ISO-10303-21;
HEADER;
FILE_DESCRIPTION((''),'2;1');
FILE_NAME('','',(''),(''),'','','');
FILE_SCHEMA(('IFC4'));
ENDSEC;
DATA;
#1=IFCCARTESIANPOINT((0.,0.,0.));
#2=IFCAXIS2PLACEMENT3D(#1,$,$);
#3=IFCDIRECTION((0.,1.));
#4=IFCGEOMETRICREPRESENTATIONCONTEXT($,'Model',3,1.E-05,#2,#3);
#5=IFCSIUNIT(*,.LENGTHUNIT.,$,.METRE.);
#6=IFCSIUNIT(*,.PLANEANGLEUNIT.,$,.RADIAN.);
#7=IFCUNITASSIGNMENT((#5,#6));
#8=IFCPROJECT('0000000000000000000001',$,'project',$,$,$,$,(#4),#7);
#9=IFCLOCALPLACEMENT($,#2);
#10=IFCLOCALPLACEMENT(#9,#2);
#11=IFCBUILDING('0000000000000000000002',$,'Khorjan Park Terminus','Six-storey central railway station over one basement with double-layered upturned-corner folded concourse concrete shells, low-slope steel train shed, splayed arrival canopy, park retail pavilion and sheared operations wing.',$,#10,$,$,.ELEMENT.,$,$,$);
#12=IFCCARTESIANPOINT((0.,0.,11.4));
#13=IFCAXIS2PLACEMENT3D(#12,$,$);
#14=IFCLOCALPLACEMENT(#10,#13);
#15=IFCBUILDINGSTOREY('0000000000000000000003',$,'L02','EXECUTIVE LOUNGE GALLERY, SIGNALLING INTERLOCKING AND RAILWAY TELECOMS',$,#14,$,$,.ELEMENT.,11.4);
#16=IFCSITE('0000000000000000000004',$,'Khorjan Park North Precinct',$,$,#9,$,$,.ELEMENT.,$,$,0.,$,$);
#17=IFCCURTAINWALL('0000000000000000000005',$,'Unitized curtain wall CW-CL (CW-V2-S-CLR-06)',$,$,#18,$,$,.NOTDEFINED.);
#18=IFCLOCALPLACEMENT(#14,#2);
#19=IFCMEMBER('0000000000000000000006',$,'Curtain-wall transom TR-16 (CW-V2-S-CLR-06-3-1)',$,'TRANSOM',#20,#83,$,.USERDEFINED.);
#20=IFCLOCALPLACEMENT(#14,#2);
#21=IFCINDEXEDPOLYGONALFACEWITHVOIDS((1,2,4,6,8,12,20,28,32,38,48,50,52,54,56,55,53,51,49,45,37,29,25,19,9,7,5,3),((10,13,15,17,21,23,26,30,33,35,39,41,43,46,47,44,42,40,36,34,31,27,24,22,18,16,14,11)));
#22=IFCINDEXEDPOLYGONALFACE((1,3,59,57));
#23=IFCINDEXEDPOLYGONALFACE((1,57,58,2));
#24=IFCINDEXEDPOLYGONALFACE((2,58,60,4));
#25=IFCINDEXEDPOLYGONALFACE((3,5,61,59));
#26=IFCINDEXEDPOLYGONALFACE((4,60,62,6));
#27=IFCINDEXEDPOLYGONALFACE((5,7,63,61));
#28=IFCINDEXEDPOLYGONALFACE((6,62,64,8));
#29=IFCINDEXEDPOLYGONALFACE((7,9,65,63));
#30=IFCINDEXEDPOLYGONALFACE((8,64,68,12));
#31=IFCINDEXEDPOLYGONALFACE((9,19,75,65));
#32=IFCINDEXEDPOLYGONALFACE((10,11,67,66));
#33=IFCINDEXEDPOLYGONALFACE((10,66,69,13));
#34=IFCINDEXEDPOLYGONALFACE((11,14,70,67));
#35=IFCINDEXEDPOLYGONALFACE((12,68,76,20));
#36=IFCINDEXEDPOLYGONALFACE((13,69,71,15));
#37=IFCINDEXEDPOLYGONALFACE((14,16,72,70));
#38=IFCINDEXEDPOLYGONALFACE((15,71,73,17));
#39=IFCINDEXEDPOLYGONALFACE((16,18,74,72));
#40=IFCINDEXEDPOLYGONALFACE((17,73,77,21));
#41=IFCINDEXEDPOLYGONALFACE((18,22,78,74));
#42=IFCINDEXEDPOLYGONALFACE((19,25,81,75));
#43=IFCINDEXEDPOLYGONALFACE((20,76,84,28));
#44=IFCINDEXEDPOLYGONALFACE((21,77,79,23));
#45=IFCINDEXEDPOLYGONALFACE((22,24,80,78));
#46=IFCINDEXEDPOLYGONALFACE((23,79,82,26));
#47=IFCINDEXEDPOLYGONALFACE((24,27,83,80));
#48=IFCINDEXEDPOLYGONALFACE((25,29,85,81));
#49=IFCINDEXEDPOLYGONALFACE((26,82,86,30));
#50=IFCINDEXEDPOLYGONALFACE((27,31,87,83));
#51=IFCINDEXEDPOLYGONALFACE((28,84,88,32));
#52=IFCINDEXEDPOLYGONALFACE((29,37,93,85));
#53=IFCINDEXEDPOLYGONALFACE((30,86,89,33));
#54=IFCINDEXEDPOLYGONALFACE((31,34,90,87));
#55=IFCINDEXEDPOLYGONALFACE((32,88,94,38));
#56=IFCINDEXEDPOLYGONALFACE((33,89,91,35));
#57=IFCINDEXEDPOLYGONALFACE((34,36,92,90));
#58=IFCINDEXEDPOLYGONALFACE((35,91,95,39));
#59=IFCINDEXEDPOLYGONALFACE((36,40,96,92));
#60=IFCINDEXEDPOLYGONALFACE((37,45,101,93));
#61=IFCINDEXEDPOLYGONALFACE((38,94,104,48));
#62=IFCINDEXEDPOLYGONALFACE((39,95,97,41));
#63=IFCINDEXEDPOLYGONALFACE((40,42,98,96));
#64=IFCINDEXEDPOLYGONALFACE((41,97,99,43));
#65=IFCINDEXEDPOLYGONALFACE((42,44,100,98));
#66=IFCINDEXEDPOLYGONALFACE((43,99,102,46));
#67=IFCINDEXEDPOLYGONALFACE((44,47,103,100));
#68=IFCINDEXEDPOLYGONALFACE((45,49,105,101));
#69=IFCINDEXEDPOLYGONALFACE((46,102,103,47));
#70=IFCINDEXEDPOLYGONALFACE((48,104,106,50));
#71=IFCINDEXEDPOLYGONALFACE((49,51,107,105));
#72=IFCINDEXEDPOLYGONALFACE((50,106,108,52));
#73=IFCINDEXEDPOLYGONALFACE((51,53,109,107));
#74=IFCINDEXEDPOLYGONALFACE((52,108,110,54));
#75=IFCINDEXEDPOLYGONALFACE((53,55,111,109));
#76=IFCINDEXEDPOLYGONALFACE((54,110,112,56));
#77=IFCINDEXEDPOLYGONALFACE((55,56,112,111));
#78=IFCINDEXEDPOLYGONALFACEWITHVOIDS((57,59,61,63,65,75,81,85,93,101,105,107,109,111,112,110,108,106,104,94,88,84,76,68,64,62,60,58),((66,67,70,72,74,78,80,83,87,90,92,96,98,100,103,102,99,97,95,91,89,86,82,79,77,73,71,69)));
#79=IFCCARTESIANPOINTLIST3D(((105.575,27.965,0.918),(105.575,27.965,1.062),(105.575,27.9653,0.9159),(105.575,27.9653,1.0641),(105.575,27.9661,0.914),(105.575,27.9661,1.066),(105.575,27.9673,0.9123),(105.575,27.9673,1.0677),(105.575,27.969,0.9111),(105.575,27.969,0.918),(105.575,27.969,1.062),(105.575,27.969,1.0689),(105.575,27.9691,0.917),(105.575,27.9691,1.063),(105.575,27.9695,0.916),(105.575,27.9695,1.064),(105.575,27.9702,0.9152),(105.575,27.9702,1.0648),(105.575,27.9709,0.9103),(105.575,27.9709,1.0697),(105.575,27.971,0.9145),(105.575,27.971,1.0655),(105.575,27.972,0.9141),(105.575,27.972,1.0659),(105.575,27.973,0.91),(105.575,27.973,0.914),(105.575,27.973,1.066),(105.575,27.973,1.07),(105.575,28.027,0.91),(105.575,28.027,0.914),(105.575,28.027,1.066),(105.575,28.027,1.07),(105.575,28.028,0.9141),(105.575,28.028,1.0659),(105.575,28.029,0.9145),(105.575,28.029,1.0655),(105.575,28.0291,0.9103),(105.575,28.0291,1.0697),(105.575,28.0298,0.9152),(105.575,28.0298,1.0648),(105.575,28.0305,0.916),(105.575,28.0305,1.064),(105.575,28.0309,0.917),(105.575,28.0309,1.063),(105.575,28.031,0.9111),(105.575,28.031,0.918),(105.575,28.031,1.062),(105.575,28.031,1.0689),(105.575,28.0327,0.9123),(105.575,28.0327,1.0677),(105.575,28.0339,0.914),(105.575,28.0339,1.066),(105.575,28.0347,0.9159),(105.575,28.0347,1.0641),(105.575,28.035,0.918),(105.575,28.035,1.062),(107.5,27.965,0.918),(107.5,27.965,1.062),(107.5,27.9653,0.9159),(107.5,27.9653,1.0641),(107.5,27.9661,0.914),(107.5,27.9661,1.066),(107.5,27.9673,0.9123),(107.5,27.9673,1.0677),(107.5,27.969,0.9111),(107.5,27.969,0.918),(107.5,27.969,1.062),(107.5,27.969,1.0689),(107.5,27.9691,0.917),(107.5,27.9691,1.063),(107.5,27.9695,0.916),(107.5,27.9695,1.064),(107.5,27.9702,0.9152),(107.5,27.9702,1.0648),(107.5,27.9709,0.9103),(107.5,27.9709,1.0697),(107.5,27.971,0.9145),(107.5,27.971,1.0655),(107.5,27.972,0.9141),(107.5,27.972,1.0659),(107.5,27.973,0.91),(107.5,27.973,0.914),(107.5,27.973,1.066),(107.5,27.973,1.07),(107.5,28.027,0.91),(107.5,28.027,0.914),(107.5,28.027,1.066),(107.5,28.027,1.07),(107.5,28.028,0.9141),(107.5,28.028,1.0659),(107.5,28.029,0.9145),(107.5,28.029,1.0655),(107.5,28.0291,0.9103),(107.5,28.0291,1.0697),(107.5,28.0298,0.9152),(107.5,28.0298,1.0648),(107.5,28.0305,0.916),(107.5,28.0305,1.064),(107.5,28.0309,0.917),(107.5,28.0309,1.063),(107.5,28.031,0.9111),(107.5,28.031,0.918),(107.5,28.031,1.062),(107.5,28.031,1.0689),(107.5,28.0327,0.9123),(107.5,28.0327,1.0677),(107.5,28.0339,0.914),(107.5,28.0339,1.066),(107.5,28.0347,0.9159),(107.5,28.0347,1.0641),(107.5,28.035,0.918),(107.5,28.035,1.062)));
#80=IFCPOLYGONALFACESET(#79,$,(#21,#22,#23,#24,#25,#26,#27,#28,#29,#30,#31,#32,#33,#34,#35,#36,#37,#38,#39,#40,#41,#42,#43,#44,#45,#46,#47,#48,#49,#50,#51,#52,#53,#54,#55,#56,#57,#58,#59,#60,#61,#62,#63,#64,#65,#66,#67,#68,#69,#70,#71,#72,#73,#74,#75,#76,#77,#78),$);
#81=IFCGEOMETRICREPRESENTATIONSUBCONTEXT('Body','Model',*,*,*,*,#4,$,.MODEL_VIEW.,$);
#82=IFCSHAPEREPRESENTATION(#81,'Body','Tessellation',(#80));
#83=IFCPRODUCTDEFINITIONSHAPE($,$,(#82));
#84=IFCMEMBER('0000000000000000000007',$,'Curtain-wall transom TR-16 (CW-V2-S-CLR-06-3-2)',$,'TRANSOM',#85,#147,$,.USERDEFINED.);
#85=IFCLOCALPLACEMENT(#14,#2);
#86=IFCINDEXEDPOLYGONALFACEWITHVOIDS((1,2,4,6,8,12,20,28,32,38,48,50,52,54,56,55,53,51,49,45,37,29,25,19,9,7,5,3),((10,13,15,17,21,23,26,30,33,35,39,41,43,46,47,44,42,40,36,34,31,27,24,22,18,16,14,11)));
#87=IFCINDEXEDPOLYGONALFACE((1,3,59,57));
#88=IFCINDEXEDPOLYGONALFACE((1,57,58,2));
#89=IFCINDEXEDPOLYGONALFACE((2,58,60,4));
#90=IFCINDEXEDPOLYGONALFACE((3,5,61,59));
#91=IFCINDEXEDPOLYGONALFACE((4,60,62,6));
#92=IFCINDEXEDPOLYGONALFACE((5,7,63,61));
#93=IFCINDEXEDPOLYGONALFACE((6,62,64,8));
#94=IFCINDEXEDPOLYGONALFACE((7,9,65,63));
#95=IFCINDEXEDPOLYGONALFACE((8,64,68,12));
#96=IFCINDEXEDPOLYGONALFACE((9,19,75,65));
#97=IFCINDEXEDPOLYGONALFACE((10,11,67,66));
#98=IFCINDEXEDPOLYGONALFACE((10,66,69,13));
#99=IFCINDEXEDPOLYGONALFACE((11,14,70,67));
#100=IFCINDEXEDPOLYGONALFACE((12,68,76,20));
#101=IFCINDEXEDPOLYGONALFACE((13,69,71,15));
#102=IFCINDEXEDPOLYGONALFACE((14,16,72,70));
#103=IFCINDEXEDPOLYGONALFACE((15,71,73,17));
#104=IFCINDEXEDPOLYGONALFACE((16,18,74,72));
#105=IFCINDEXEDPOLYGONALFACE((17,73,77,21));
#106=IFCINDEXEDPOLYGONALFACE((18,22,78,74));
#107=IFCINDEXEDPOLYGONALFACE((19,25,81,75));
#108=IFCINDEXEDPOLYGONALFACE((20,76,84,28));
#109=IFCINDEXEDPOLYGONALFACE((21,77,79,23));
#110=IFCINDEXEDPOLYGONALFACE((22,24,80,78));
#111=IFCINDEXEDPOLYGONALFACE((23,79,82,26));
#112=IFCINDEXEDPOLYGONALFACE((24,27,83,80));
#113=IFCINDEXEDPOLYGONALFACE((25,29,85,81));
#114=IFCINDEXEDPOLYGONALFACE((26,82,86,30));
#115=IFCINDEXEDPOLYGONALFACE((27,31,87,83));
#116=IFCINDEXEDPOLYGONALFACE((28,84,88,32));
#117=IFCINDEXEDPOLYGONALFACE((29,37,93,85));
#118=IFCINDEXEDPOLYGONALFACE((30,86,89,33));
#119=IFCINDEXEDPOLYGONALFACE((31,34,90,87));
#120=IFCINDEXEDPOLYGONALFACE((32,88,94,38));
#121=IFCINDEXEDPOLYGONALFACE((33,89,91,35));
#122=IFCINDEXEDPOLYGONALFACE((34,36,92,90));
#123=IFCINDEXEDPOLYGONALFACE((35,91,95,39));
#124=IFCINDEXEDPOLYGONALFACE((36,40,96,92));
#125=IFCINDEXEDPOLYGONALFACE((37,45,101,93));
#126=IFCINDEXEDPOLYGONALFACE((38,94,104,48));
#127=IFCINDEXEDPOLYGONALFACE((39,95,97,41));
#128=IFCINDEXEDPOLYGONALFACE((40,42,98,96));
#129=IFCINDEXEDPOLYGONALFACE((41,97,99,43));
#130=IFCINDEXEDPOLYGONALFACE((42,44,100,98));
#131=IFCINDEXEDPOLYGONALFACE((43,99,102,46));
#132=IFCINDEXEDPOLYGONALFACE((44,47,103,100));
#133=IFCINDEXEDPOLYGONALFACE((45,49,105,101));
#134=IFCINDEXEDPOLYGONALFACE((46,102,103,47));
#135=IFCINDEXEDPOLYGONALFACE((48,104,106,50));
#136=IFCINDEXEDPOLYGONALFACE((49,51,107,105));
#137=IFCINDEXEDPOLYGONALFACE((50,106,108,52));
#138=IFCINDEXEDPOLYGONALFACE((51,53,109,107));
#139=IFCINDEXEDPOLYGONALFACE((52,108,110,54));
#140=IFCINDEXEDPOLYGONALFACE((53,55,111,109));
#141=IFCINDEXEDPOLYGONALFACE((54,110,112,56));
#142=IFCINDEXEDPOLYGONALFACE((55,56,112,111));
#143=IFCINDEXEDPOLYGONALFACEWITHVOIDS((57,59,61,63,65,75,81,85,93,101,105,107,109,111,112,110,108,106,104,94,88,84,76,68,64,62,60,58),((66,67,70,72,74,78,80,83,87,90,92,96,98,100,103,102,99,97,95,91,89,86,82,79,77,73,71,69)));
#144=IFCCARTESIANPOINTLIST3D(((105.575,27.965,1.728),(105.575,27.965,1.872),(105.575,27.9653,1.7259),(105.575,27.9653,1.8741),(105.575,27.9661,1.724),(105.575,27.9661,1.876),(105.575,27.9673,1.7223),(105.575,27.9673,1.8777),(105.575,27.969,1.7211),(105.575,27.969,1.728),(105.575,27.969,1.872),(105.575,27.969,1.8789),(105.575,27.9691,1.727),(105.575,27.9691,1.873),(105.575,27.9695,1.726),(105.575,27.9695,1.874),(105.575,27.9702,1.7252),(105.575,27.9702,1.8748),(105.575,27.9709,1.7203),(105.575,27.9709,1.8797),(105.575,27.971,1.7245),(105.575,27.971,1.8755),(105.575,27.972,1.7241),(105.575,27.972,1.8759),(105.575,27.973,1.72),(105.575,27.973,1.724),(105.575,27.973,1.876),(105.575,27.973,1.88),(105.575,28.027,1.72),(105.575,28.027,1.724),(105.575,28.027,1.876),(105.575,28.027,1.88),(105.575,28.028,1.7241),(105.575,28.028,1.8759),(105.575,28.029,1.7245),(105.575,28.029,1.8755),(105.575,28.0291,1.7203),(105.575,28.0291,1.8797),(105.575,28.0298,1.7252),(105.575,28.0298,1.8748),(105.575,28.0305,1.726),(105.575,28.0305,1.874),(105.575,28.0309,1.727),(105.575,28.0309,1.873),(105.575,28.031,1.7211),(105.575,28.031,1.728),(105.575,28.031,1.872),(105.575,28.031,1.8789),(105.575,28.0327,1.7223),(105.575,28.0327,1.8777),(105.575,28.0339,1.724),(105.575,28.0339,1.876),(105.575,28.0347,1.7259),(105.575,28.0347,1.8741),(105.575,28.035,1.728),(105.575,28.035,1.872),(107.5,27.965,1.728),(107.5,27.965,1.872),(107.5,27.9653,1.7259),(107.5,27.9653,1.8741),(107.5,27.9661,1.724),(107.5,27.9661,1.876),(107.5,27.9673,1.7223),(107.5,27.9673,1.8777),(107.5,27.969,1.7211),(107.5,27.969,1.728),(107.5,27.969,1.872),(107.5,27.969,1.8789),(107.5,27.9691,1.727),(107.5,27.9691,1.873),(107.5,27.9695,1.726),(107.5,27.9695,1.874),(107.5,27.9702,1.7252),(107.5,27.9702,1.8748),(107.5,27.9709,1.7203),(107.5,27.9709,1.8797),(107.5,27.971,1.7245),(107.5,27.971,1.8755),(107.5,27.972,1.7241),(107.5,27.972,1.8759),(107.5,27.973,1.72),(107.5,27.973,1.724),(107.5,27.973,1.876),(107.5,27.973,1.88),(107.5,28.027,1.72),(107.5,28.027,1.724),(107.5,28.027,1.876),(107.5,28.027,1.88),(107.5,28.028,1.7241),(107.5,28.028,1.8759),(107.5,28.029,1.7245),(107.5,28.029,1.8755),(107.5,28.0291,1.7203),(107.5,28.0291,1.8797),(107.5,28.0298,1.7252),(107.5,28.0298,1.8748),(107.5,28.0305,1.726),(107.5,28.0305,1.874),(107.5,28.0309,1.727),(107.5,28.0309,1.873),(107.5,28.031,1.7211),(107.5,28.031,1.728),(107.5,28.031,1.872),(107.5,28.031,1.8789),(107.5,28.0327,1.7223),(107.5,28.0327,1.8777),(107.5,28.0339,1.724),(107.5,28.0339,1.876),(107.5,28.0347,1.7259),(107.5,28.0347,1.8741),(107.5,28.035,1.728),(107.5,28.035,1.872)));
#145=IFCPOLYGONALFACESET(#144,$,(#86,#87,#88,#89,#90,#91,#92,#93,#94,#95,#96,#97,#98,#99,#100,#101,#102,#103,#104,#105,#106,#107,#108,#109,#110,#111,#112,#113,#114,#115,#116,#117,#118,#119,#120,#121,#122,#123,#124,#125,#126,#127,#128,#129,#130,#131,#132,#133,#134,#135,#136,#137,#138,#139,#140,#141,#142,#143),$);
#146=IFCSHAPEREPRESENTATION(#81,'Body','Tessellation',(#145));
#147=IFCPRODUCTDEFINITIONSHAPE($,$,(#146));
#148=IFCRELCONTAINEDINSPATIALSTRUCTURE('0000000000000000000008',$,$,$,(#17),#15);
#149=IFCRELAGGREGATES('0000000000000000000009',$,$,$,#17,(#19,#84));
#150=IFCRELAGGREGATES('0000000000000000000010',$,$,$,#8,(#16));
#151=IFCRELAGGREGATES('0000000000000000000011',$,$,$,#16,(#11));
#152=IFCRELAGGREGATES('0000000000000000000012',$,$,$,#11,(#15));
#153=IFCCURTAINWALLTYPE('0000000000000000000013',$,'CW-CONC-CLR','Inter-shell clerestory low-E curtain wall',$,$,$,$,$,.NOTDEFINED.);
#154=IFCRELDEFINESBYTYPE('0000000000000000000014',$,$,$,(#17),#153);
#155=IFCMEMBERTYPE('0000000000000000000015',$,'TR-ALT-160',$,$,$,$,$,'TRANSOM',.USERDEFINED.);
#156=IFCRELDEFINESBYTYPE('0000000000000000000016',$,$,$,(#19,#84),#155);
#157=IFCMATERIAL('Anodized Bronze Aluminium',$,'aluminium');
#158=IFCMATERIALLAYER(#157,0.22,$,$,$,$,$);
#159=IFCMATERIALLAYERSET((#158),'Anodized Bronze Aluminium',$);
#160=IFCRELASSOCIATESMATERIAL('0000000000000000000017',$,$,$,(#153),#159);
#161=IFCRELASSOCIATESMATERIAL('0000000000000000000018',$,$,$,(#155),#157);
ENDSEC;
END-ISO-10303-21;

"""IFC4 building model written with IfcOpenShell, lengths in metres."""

from ifc_helpers import new_model, si_unit, direction, frame, origin, origin_2d, place, context, subcontext, project, spatial, hollow_rectangle, extrude, material, layer, layer_set, material_profile, profile_set, type_object, element, aggregate, save


model = new_model("IFC4")

# Units and contexts
model_context = context("Model", 3, precision=1e-05, world=origin(), true_north=direction((0.0, 1.0)))
body_context = subcontext(model_context, "Body", "Model", "MODEL_VIEW")
ifc_project = project(units=[si_unit("LENGTHUNIT", "METRE"), si_unit("PLANEANGLEUNIT", "RADIAN")], contexts=[model_context])

# Site, building, storey
site_placement = place(None, origin())
site = spatial("IfcSite", under=ifc_project, at=site_placement, Name="Khorjan Park North Precinct", CompositionType="ELEMENT", RefElevation=0.0)
building_placement = place(site_placement, origin())
building = spatial("IfcBuilding", under=site, at=building_placement, Name="Khorjan Park Terminus", Description="Six-storey central railway station over one basement with double-layered upturned-corner folded concourse concrete shells, low-slope steel train shed, splayed arrival canopy, park retail pavilion and sheared operations wing.", CompositionType="ELEMENT")
storey_placement = place(building_placement, frame((0.0, 0.0, 11.4)))
storey = spatial("IfcBuildingStorey", under=building, at=storey_placement, Name="L02", Description="EXECUTIVE LOUNGE GALLERY, SIGNALLING INTERLOCKING AND RAILWAY TELECOMS", CompositionType="ELEMENT", Elevation=11.4)

# Curtain wall
ifc_material_1 = material(Name="Anodized Bronze Aluminium", Category="aluminium")
ifc_layer_1 = layer(ifc_material_1, 0.22)
ifc_layer_set_1 = layer_set([ifc_layer_1], Name="Anodized Bronze Aluminium")
curtain_wall_type = type_object("IfcCurtainWallType", Name="CW-CONC-CLR", Description="Inter-shell clerestory low-E curtain wall", PredefinedType="NOTDEFINED", material=ifc_layer_set_1)
curtain_wall_1_placement = place(storey_placement, origin())
curtain_wall_1 = element("IfcCurtainWall", 1, at=curtain_wall_1_placement, inside=storey, type_object=curtain_wall_type, Name="Unitized curtain wall CW-CL (CW-V2-S-CLR-06)", PredefinedType="NOTDEFINED")

# Members
ifc_material_profile_1 = material_profile(ifc_material_1, hollow_rectangle(XDim=0.07, YDim=0.16, WallThickness=0.004, InnerFilletRadius=0.004, OuterFilletRadius=0.008, at=origin_2d()), Name="ALT 70x160x4")
ifc_profile_set_1 = profile_set([ifc_material_profile_1], Name="Anodized Bronze Aluminium")
member_type_1 = type_object("IfcMemberType", Name="TR-ALT-160", ElementType="TRANSOM", PredefinedType="USERDEFINED", material=ifc_profile_set_1)
member_1_placement = place(storey_placement, frame((105.575, 28.0, 0.99), z_axis=(1.0, 0.0, 0.0), x_axis=(0.0, 1.0, 0.0)))
member_1 = element("IfcMember", 2, at=member_1_placement, type_object=member_type_1, Name="Curtain-wall transom TR-16 (CW-V2-S-CLR-06-3-1)", ObjectType="TRANSOM", PredefinedType="USERDEFINED", context=body_context, shape_type="SweptSolid", body=[
    extrude(hollow_rectangle(XDim=0.07, YDim=0.16, WallThickness=0.004, InnerFilletRadius=0.004, OuterFilletRadius=0.008, at=origin_2d()), origin(), (0.0, 0.0, 1.0), 1.925),
])
member_2_placement = place(storey_placement, frame((105.575, 28.0, 1.8), z_axis=(1.0, 0.0, 0.0), x_axis=(0.0, 1.0, 0.0)))
member_2 = element("IfcMember", 3, at=member_2_placement, type_object=member_type_1, Name="Curtain-wall transom TR-16 (CW-V2-S-CLR-06-3-2)", ObjectType="TRANSOM", PredefinedType="USERDEFINED", context=body_context, shape_type="SweptSolid", body=[
    extrude(hollow_rectangle(XDim=0.07, YDim=0.16, WallThickness=0.004, InnerFilletRadius=0.004, OuterFilletRadius=0.008, at=origin_2d()), origin(), (0.0, 0.0, 1.0), 1.925),
])

aggregate(curtain_wall_1, [member_1, member_2])

save(model, "model.ifc")
